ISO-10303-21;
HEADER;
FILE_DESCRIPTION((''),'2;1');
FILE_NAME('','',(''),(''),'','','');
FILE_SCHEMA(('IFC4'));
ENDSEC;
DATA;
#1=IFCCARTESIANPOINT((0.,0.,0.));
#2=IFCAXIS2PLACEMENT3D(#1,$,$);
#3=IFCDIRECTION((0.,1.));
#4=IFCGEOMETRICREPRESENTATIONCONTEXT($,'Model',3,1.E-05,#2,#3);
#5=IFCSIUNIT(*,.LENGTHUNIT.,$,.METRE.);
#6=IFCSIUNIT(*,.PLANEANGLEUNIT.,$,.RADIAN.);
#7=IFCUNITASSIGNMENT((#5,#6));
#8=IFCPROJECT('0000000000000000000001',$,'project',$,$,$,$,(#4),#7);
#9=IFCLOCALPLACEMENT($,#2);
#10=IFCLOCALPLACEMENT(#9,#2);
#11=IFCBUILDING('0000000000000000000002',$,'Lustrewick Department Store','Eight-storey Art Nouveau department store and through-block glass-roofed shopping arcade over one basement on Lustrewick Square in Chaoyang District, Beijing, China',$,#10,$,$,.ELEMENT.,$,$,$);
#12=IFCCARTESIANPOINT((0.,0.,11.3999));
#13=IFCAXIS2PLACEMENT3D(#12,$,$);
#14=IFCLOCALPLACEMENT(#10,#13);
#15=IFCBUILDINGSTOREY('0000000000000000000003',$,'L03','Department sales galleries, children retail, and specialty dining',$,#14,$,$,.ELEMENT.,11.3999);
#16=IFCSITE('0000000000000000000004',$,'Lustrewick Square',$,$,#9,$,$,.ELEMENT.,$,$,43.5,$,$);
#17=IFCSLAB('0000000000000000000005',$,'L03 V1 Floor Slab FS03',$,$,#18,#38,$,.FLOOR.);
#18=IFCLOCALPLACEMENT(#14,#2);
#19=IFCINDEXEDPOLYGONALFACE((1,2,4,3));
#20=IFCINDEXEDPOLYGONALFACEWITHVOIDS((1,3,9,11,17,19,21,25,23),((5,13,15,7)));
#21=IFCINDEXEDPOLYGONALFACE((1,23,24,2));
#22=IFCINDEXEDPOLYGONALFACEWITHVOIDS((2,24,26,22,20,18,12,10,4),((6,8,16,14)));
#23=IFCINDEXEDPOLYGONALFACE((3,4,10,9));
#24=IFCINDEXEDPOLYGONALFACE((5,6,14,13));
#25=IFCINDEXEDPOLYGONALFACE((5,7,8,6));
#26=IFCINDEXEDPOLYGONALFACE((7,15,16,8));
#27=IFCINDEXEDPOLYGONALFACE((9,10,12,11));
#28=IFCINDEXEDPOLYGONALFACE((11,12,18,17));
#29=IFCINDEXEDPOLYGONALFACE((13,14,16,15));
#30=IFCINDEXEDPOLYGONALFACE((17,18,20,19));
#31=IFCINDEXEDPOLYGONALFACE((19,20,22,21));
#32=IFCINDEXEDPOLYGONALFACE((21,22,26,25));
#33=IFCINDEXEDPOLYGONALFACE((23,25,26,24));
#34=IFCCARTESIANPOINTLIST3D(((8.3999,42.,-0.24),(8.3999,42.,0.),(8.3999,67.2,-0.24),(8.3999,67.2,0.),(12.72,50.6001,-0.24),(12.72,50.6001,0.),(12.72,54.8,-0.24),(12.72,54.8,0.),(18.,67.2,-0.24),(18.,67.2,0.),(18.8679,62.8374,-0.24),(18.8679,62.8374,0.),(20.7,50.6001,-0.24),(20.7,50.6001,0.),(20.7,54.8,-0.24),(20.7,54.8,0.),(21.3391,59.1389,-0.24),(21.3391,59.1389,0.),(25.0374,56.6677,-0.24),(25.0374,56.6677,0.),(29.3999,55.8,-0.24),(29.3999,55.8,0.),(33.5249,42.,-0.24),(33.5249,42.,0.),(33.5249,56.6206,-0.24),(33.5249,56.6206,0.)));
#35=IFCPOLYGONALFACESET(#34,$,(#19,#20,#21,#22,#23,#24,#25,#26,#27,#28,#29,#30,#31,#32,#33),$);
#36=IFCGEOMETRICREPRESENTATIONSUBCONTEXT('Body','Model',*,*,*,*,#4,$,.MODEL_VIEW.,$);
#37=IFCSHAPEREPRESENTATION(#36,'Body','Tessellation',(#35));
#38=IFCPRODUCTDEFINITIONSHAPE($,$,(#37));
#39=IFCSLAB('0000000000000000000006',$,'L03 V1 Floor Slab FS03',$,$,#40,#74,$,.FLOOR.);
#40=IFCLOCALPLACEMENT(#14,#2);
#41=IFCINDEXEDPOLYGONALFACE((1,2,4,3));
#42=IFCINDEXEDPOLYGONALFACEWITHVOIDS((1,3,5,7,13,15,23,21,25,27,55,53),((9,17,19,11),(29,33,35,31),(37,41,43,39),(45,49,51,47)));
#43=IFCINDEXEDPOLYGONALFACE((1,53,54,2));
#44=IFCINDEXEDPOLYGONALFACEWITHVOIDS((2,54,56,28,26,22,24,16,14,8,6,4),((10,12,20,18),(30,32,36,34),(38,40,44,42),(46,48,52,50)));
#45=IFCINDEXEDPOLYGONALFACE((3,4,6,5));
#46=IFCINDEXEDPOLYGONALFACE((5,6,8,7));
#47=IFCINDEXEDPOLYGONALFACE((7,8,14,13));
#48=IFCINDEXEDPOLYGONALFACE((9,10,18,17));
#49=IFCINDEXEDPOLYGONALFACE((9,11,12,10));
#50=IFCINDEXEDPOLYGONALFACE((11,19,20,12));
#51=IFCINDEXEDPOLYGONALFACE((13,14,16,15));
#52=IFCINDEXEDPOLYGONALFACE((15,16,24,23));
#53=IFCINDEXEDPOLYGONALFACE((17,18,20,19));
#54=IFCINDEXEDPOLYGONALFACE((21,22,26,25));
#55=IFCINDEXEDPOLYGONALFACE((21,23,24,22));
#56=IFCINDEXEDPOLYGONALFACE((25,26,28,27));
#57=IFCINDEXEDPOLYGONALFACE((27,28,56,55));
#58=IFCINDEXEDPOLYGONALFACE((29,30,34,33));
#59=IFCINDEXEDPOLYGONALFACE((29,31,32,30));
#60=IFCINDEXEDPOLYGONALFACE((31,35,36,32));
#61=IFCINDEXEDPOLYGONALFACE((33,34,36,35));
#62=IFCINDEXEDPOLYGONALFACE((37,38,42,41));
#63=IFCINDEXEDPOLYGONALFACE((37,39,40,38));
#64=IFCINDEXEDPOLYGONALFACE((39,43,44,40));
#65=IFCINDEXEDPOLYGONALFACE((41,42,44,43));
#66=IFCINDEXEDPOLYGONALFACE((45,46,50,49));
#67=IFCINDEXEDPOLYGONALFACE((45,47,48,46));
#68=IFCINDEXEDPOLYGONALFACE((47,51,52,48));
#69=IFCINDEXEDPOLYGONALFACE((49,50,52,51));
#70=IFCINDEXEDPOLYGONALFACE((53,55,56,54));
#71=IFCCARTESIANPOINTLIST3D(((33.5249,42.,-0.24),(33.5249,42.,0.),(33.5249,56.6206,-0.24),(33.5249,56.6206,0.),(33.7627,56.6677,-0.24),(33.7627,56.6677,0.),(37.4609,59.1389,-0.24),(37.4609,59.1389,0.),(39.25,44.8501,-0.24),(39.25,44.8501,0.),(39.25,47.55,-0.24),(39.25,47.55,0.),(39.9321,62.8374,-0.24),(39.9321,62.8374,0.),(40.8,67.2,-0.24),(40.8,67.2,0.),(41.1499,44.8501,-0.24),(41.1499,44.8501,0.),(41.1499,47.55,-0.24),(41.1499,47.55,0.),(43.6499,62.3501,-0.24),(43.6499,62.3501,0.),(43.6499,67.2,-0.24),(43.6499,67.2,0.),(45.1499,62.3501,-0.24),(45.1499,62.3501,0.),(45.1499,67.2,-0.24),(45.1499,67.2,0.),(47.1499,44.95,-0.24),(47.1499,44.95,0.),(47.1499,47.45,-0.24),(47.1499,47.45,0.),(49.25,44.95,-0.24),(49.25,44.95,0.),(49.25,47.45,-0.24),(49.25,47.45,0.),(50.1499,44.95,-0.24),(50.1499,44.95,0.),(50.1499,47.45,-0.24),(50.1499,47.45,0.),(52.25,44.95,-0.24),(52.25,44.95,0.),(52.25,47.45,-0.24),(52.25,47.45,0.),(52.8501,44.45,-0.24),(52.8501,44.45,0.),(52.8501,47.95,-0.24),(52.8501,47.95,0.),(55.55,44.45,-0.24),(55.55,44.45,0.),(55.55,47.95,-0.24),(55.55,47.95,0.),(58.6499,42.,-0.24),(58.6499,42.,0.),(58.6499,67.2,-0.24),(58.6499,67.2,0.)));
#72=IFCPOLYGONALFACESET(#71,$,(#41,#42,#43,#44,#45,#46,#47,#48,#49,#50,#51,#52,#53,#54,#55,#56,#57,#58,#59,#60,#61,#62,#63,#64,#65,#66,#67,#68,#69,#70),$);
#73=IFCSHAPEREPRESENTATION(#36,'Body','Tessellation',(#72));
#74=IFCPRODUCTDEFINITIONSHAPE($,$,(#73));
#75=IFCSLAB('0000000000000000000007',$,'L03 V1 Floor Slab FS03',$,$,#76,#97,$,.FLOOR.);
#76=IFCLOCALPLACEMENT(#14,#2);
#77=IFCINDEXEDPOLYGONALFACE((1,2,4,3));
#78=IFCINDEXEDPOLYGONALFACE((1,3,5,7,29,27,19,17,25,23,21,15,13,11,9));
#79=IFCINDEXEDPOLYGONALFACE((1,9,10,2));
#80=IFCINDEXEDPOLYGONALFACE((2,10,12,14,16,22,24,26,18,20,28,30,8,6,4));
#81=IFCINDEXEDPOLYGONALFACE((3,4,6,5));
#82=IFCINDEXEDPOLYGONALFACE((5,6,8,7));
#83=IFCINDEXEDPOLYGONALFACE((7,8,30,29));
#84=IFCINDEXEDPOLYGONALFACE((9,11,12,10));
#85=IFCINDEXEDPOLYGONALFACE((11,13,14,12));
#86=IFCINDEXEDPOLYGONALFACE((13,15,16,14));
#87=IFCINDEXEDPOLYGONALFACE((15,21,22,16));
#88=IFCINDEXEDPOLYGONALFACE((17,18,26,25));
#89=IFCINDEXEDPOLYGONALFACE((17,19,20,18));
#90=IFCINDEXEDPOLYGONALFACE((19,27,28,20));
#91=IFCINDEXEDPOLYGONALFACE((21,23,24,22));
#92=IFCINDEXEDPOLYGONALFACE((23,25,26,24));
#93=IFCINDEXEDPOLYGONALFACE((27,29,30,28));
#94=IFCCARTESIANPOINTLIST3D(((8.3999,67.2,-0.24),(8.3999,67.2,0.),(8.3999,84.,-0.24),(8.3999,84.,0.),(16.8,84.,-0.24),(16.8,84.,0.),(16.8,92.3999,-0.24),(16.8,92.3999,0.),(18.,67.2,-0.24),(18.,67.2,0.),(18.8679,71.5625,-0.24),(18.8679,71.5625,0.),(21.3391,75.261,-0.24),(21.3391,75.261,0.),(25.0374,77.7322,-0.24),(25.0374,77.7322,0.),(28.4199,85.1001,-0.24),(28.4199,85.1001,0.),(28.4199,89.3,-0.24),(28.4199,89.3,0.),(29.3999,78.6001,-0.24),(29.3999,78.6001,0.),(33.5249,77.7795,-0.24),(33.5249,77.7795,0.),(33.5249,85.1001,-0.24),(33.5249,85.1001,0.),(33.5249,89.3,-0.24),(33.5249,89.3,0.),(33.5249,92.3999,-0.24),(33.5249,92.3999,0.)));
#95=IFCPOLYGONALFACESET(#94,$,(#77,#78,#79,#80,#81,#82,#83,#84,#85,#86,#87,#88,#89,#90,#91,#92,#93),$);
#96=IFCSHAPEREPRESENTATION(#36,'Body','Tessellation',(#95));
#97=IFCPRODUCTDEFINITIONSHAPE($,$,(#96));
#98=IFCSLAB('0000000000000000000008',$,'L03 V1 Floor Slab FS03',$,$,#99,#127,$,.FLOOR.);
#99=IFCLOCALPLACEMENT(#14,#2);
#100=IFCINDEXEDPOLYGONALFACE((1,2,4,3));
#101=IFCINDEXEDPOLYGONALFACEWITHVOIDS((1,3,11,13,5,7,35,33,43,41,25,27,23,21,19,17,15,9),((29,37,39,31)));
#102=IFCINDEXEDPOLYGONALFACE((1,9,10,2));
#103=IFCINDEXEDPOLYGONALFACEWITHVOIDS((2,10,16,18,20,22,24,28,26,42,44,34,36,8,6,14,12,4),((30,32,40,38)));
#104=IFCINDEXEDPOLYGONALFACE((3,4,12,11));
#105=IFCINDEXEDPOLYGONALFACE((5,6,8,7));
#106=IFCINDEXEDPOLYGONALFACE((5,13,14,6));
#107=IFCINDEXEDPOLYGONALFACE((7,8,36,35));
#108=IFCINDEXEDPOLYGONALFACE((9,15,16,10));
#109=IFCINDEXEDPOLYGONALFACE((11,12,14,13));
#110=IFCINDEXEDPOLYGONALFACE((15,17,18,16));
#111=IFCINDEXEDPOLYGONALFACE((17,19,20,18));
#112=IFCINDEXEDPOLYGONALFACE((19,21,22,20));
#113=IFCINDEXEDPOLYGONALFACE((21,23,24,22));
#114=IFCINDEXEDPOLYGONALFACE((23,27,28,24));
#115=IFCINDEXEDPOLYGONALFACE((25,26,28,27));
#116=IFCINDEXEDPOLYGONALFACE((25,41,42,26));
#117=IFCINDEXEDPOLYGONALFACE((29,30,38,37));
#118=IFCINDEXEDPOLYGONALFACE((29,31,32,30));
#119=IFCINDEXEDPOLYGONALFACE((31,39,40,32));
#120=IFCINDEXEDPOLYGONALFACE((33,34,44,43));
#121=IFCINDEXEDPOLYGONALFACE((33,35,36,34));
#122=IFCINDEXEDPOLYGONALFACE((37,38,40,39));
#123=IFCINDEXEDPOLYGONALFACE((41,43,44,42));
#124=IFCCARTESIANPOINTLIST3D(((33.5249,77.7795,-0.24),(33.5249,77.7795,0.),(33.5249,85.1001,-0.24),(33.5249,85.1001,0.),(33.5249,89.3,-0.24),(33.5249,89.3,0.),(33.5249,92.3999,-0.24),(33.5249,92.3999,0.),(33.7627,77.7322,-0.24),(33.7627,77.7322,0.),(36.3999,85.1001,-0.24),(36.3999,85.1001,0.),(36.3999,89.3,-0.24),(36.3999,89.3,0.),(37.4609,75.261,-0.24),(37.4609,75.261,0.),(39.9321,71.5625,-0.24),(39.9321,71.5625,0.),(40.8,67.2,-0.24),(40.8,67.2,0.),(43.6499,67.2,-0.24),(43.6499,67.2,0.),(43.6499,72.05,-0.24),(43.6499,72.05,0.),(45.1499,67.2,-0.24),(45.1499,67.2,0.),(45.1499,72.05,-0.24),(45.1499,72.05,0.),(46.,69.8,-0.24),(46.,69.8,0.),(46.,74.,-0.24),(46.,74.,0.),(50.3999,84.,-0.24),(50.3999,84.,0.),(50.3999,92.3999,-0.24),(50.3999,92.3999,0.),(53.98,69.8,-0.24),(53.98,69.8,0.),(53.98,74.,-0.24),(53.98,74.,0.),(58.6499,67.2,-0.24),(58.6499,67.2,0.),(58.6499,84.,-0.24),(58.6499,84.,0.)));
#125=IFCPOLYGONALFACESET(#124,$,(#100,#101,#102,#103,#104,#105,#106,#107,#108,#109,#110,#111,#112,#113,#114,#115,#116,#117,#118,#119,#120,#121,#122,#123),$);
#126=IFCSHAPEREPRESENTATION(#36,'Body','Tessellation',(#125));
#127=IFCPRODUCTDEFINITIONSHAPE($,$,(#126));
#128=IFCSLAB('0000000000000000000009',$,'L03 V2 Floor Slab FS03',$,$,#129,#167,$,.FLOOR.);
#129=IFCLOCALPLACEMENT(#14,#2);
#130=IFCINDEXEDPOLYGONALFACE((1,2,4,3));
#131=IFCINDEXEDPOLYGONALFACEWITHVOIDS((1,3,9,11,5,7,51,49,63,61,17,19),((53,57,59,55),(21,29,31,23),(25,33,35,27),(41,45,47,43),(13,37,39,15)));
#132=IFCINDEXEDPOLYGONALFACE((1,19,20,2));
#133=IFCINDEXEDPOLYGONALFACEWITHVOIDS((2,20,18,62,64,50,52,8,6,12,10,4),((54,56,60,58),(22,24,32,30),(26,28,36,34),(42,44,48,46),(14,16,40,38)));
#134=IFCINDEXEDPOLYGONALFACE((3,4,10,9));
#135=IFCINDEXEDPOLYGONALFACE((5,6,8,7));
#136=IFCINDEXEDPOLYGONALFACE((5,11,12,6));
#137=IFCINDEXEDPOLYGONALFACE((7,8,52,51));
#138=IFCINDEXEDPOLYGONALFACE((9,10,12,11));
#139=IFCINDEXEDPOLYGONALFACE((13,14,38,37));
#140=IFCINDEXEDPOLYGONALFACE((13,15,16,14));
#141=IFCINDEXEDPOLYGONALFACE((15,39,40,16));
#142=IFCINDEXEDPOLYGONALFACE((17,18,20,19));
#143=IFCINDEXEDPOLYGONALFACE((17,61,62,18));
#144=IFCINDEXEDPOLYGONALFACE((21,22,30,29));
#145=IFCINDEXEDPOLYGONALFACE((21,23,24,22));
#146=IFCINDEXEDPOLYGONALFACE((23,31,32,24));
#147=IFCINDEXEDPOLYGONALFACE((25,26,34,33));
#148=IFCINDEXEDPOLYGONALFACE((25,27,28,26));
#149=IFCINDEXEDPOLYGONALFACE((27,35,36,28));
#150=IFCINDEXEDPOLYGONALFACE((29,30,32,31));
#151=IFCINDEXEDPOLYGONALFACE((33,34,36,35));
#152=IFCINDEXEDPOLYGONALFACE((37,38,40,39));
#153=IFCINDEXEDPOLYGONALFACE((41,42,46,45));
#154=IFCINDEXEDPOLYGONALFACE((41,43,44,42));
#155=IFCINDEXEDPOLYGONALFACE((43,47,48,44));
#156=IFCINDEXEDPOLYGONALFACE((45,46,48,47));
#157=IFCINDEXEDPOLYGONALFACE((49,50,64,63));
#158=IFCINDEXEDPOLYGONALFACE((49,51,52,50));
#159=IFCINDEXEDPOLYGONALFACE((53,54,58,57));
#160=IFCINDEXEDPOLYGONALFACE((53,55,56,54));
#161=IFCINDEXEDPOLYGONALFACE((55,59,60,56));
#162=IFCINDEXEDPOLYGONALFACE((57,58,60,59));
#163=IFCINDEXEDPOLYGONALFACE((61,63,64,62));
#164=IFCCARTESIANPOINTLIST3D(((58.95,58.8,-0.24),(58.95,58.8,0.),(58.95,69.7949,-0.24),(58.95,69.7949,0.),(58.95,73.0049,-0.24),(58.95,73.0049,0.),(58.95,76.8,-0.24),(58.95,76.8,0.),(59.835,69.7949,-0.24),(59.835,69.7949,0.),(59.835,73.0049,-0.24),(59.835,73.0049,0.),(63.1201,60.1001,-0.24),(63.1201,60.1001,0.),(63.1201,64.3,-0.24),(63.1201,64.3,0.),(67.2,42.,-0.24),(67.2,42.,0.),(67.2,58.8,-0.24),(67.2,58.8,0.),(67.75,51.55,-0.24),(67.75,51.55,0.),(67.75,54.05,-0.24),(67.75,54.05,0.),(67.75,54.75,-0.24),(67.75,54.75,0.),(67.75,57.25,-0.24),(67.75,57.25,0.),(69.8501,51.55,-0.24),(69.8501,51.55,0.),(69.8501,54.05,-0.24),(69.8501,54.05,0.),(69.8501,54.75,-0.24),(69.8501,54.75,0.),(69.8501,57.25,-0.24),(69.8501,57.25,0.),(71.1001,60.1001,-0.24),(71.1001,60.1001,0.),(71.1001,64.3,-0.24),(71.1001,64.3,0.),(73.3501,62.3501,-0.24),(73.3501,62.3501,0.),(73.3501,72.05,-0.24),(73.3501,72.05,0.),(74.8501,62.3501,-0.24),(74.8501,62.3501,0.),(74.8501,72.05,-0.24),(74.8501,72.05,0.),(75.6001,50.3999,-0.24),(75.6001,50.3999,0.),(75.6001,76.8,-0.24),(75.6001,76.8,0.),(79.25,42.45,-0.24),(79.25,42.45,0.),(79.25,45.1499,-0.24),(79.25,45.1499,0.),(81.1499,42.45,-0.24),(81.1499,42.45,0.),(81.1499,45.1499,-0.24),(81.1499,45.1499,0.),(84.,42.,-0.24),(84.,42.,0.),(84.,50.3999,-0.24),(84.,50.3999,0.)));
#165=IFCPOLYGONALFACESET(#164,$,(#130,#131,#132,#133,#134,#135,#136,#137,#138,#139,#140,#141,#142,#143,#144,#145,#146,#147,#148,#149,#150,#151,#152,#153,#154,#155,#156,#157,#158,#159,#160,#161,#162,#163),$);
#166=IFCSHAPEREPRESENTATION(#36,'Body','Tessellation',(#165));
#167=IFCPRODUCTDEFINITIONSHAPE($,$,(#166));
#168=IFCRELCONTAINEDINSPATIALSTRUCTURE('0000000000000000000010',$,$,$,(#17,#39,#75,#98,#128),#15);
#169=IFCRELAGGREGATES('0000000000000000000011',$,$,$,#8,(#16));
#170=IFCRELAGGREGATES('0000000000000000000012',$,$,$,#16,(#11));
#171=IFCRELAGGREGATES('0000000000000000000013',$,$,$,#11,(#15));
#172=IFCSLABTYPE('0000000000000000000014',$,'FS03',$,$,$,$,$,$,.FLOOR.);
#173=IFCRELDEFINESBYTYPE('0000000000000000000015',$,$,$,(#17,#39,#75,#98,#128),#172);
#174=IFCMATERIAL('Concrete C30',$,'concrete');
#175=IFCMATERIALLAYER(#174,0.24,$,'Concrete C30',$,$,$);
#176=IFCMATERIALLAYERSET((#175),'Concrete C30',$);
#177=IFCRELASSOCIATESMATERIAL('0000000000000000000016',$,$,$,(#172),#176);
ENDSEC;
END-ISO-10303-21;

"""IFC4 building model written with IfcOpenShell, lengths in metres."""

from ifc_helpers import new_model, si_unit, direction, frame, origin, place, context, subcontext, project, spatial, polyline, outline, extrude, material, layer, layer_set, type_object, element, save


model = new_model("IFC4")

# Units and contexts
model_context = context("Model", 3, precision=1e-05, world=origin(), true_north=direction((0.0, 1.0)))
body_context = subcontext(model_context, "Body", "Model", "MODEL_VIEW")
ifc_project = project(units=[si_unit("LENGTHUNIT", "METRE"), si_unit("PLANEANGLEUNIT", "RADIAN")], contexts=[model_context])

# Site, building, storey
site_placement = place(None, origin())
site = spatial("IfcSite", under=ifc_project, at=site_placement, Name="Lustrewick Square", CompositionType="ELEMENT", RefElevation=43.5)
building_placement = place(site_placement, origin())
building = spatial("IfcBuilding", under=site, at=building_placement, Name="Lustrewick Department Store", Description="Eight-storey Art Nouveau department store and through-block glass-roofed shopping arcade over one basement on Lustrewick Square in Chaoyang District, Beijing, China", CompositionType="ELEMENT")
storey_placement = place(building_placement, frame((0.0, 0.0, 11.3999)))
storey = spatial("IfcBuildingStorey", under=building, at=storey_placement, Name="L03", Description="Department sales galleries, children retail, and specialty dining", CompositionType="ELEMENT", Elevation=11.3999)

# Slabs
ifc_material_1 = material(Name="Concrete C30", Category="concrete")
ifc_layer_1 = layer(ifc_material_1, 0.24, Name="Concrete C30")
ifc_layer_set_1 = layer_set([ifc_layer_1], Name="Concrete C30")
slab_type_1 = type_object("IfcSlabType", Name="FS03", PredefinedType="FLOOR", material=ifc_layer_set_1)
slab_1_placement = place(storey_placement, frame((0.0, 0.0, -0.24)))
element("IfcSlab", 1, at=slab_1_placement, inside=storey, type_object=slab_type_1, Name="L03 V1 Floor Slab FS03", PredefinedType="FLOOR", context=body_context, shape_type="SweptSolid", body=[
    extrude(outline(polyline([(8.3999, 42.0), (33.5249, 42.0), (33.5249, 56.6206), (29.3999, 55.8), (25.0374, 56.6677), (21.3391, 59.1389), (18.8679, 62.8374), (18.0, 67.2), (8.3999, 67.2), (8.3999, 42.0)]), holes=[polyline([(12.72, 50.6001), (12.72, 54.8), (20.7, 54.8), (20.7, 50.6001), (12.72, 50.6001)])]), origin(), (0.0, 0.0, 1.0), 0.24),
])
slab_2_placement = place(storey_placement, frame((0.0, 0.0, -0.24)))
element("IfcSlab", 2, at=slab_2_placement, inside=storey, type_object=slab_type_1, Name="L03 V1 Floor Slab FS03", PredefinedType="FLOOR", context=body_context, shape_type="SweptSolid", body=[
    extrude(outline(polyline([(58.6499, 42.0), (58.6499, 67.2), (45.1499, 67.2), (45.1499, 62.3501), (43.6499, 62.3501), (43.6499, 67.2), (40.8, 67.2), (39.9321, 62.8374), (37.4609, 59.1389), (33.7627, 56.6677), (33.5249, 56.6206), (33.5249, 42.0), (58.6499, 42.0)]), holes=[polyline([(52.8501, 44.45), (52.8501, 47.95), (55.55, 47.95), (55.55, 44.45), (52.8501, 44.45)]), polyline([(50.1499, 44.95), (50.1499, 47.45), (52.25, 47.45), (52.25, 44.95), (50.1499, 44.95)]), polyline([(47.1499, 44.95), (47.1499, 47.45), (49.25, 47.45), (49.25, 44.95), (47.1499, 44.95)]), polyline([(39.25, 44.8501), (39.25, 47.55), (41.1499, 47.55), (41.1499, 44.8501), (39.25, 44.8501)])]), origin(), (0.0, 0.0, 1.0), 0.24),
])
slab_3_placement = place(storey_placement, frame((0.0, 0.0, -0.24)))
element("IfcSlab", 3, at=slab_3_placement, inside=storey, type_object=slab_type_1, Name="L03 V1 Floor Slab FS03", PredefinedType="FLOOR", context=body_context, shape_type="SweptSolid", body=[
    extrude(outline(polyline([(8.3999, 84.0), (8.3999, 67.2), (18.0, 67.2), (18.8679, 71.5625), (21.3391, 75.261), (25.0374, 77.7322), (29.3999, 78.6001), (33.5249, 77.7795), (33.5249, 85.1001), (28.4199, 85.1001), (28.4199, 89.3), (33.5249, 89.3), (33.5249, 92.3999), (16.8, 92.3999), (16.8, 84.0), (8.3999, 84.0)])), origin(), (0.0, 0.0, 1.0), 0.24),
])
slab_4_placement = place(storey_placement, frame((0.0, 0.0, -0.24)))
element("IfcSlab", 4, at=slab_4_placement, inside=storey, type_object=slab_type_1, Name="L03 V1 Floor Slab FS03", PredefinedType="FLOOR", context=body_context, shape_type="SweptSolid", body=[
    extrude(outline(polyline([(58.6499, 67.2), (58.6499, 84.0), (50.3999, 84.0), (50.3999, 92.3999), (33.5249, 92.3999), (33.5249, 89.3), (36.3999, 89.3), (36.3999, 85.1001), (33.5249, 85.1001), (33.5249, 77.7795), (33.7627, 77.7322), (37.4609, 75.261), (39.9321, 71.5625), (40.8, 67.2), (43.6499, 67.2), (43.6499, 72.05), (45.1499, 72.05), (45.1499, 67.2), (58.6499, 67.2)]), holes=[polyline([(46.0, 69.8), (46.0, 74.0), (53.98, 74.0), (53.98, 69.8), (46.0, 69.8)])]), origin(), (0.0, 0.0, 1.0), 0.24),
])
slab_5_placement = place(storey_placement, frame((0.0, 0.0, -0.24)))
element("IfcSlab", 5, at=slab_5_placement, inside=storey, type_object=slab_type_1, Name="L03 V2 Floor Slab FS03", PredefinedType="FLOOR", context=body_context, shape_type="SweptSolid", body=[
    extrude(outline(polyline([(67.2, 58.8), (67.2, 42.0), (84.0, 42.0), (84.0, 50.3999), (75.6001, 50.3999), (75.6001, 76.8), (58.95, 76.8), (58.95, 73.0049), (59.835, 73.0049), (59.835, 69.7949), (58.95, 69.7949), (58.95, 58.8), (67.2, 58.8)]), holes=[polyline([(79.25, 42.45), (79.25, 45.1499), (81.1499, 45.1499), (81.1499, 42.45), (79.25, 42.45)]), polyline([(73.3501, 62.3501), (73.3501, 72.05), (74.8501, 72.05), (74.8501, 62.3501), (73.3501, 62.3501)]), polyline([(63.1201, 60.1001), (63.1201, 64.3), (71.1001, 64.3), (71.1001, 60.1001), (63.1201, 60.1001)]), polyline([(67.75, 51.55), (67.75, 54.05), (69.8501, 54.05), (69.8501, 51.55), (67.75, 51.55)]), polyline([(67.75, 54.75), (67.75, 57.25), (69.8501, 57.25), (69.8501, 54.75), (67.75, 54.75)])]), origin(), (0.0, 0.0, 1.0), 0.24),
])

save(model, "model.ifc")
